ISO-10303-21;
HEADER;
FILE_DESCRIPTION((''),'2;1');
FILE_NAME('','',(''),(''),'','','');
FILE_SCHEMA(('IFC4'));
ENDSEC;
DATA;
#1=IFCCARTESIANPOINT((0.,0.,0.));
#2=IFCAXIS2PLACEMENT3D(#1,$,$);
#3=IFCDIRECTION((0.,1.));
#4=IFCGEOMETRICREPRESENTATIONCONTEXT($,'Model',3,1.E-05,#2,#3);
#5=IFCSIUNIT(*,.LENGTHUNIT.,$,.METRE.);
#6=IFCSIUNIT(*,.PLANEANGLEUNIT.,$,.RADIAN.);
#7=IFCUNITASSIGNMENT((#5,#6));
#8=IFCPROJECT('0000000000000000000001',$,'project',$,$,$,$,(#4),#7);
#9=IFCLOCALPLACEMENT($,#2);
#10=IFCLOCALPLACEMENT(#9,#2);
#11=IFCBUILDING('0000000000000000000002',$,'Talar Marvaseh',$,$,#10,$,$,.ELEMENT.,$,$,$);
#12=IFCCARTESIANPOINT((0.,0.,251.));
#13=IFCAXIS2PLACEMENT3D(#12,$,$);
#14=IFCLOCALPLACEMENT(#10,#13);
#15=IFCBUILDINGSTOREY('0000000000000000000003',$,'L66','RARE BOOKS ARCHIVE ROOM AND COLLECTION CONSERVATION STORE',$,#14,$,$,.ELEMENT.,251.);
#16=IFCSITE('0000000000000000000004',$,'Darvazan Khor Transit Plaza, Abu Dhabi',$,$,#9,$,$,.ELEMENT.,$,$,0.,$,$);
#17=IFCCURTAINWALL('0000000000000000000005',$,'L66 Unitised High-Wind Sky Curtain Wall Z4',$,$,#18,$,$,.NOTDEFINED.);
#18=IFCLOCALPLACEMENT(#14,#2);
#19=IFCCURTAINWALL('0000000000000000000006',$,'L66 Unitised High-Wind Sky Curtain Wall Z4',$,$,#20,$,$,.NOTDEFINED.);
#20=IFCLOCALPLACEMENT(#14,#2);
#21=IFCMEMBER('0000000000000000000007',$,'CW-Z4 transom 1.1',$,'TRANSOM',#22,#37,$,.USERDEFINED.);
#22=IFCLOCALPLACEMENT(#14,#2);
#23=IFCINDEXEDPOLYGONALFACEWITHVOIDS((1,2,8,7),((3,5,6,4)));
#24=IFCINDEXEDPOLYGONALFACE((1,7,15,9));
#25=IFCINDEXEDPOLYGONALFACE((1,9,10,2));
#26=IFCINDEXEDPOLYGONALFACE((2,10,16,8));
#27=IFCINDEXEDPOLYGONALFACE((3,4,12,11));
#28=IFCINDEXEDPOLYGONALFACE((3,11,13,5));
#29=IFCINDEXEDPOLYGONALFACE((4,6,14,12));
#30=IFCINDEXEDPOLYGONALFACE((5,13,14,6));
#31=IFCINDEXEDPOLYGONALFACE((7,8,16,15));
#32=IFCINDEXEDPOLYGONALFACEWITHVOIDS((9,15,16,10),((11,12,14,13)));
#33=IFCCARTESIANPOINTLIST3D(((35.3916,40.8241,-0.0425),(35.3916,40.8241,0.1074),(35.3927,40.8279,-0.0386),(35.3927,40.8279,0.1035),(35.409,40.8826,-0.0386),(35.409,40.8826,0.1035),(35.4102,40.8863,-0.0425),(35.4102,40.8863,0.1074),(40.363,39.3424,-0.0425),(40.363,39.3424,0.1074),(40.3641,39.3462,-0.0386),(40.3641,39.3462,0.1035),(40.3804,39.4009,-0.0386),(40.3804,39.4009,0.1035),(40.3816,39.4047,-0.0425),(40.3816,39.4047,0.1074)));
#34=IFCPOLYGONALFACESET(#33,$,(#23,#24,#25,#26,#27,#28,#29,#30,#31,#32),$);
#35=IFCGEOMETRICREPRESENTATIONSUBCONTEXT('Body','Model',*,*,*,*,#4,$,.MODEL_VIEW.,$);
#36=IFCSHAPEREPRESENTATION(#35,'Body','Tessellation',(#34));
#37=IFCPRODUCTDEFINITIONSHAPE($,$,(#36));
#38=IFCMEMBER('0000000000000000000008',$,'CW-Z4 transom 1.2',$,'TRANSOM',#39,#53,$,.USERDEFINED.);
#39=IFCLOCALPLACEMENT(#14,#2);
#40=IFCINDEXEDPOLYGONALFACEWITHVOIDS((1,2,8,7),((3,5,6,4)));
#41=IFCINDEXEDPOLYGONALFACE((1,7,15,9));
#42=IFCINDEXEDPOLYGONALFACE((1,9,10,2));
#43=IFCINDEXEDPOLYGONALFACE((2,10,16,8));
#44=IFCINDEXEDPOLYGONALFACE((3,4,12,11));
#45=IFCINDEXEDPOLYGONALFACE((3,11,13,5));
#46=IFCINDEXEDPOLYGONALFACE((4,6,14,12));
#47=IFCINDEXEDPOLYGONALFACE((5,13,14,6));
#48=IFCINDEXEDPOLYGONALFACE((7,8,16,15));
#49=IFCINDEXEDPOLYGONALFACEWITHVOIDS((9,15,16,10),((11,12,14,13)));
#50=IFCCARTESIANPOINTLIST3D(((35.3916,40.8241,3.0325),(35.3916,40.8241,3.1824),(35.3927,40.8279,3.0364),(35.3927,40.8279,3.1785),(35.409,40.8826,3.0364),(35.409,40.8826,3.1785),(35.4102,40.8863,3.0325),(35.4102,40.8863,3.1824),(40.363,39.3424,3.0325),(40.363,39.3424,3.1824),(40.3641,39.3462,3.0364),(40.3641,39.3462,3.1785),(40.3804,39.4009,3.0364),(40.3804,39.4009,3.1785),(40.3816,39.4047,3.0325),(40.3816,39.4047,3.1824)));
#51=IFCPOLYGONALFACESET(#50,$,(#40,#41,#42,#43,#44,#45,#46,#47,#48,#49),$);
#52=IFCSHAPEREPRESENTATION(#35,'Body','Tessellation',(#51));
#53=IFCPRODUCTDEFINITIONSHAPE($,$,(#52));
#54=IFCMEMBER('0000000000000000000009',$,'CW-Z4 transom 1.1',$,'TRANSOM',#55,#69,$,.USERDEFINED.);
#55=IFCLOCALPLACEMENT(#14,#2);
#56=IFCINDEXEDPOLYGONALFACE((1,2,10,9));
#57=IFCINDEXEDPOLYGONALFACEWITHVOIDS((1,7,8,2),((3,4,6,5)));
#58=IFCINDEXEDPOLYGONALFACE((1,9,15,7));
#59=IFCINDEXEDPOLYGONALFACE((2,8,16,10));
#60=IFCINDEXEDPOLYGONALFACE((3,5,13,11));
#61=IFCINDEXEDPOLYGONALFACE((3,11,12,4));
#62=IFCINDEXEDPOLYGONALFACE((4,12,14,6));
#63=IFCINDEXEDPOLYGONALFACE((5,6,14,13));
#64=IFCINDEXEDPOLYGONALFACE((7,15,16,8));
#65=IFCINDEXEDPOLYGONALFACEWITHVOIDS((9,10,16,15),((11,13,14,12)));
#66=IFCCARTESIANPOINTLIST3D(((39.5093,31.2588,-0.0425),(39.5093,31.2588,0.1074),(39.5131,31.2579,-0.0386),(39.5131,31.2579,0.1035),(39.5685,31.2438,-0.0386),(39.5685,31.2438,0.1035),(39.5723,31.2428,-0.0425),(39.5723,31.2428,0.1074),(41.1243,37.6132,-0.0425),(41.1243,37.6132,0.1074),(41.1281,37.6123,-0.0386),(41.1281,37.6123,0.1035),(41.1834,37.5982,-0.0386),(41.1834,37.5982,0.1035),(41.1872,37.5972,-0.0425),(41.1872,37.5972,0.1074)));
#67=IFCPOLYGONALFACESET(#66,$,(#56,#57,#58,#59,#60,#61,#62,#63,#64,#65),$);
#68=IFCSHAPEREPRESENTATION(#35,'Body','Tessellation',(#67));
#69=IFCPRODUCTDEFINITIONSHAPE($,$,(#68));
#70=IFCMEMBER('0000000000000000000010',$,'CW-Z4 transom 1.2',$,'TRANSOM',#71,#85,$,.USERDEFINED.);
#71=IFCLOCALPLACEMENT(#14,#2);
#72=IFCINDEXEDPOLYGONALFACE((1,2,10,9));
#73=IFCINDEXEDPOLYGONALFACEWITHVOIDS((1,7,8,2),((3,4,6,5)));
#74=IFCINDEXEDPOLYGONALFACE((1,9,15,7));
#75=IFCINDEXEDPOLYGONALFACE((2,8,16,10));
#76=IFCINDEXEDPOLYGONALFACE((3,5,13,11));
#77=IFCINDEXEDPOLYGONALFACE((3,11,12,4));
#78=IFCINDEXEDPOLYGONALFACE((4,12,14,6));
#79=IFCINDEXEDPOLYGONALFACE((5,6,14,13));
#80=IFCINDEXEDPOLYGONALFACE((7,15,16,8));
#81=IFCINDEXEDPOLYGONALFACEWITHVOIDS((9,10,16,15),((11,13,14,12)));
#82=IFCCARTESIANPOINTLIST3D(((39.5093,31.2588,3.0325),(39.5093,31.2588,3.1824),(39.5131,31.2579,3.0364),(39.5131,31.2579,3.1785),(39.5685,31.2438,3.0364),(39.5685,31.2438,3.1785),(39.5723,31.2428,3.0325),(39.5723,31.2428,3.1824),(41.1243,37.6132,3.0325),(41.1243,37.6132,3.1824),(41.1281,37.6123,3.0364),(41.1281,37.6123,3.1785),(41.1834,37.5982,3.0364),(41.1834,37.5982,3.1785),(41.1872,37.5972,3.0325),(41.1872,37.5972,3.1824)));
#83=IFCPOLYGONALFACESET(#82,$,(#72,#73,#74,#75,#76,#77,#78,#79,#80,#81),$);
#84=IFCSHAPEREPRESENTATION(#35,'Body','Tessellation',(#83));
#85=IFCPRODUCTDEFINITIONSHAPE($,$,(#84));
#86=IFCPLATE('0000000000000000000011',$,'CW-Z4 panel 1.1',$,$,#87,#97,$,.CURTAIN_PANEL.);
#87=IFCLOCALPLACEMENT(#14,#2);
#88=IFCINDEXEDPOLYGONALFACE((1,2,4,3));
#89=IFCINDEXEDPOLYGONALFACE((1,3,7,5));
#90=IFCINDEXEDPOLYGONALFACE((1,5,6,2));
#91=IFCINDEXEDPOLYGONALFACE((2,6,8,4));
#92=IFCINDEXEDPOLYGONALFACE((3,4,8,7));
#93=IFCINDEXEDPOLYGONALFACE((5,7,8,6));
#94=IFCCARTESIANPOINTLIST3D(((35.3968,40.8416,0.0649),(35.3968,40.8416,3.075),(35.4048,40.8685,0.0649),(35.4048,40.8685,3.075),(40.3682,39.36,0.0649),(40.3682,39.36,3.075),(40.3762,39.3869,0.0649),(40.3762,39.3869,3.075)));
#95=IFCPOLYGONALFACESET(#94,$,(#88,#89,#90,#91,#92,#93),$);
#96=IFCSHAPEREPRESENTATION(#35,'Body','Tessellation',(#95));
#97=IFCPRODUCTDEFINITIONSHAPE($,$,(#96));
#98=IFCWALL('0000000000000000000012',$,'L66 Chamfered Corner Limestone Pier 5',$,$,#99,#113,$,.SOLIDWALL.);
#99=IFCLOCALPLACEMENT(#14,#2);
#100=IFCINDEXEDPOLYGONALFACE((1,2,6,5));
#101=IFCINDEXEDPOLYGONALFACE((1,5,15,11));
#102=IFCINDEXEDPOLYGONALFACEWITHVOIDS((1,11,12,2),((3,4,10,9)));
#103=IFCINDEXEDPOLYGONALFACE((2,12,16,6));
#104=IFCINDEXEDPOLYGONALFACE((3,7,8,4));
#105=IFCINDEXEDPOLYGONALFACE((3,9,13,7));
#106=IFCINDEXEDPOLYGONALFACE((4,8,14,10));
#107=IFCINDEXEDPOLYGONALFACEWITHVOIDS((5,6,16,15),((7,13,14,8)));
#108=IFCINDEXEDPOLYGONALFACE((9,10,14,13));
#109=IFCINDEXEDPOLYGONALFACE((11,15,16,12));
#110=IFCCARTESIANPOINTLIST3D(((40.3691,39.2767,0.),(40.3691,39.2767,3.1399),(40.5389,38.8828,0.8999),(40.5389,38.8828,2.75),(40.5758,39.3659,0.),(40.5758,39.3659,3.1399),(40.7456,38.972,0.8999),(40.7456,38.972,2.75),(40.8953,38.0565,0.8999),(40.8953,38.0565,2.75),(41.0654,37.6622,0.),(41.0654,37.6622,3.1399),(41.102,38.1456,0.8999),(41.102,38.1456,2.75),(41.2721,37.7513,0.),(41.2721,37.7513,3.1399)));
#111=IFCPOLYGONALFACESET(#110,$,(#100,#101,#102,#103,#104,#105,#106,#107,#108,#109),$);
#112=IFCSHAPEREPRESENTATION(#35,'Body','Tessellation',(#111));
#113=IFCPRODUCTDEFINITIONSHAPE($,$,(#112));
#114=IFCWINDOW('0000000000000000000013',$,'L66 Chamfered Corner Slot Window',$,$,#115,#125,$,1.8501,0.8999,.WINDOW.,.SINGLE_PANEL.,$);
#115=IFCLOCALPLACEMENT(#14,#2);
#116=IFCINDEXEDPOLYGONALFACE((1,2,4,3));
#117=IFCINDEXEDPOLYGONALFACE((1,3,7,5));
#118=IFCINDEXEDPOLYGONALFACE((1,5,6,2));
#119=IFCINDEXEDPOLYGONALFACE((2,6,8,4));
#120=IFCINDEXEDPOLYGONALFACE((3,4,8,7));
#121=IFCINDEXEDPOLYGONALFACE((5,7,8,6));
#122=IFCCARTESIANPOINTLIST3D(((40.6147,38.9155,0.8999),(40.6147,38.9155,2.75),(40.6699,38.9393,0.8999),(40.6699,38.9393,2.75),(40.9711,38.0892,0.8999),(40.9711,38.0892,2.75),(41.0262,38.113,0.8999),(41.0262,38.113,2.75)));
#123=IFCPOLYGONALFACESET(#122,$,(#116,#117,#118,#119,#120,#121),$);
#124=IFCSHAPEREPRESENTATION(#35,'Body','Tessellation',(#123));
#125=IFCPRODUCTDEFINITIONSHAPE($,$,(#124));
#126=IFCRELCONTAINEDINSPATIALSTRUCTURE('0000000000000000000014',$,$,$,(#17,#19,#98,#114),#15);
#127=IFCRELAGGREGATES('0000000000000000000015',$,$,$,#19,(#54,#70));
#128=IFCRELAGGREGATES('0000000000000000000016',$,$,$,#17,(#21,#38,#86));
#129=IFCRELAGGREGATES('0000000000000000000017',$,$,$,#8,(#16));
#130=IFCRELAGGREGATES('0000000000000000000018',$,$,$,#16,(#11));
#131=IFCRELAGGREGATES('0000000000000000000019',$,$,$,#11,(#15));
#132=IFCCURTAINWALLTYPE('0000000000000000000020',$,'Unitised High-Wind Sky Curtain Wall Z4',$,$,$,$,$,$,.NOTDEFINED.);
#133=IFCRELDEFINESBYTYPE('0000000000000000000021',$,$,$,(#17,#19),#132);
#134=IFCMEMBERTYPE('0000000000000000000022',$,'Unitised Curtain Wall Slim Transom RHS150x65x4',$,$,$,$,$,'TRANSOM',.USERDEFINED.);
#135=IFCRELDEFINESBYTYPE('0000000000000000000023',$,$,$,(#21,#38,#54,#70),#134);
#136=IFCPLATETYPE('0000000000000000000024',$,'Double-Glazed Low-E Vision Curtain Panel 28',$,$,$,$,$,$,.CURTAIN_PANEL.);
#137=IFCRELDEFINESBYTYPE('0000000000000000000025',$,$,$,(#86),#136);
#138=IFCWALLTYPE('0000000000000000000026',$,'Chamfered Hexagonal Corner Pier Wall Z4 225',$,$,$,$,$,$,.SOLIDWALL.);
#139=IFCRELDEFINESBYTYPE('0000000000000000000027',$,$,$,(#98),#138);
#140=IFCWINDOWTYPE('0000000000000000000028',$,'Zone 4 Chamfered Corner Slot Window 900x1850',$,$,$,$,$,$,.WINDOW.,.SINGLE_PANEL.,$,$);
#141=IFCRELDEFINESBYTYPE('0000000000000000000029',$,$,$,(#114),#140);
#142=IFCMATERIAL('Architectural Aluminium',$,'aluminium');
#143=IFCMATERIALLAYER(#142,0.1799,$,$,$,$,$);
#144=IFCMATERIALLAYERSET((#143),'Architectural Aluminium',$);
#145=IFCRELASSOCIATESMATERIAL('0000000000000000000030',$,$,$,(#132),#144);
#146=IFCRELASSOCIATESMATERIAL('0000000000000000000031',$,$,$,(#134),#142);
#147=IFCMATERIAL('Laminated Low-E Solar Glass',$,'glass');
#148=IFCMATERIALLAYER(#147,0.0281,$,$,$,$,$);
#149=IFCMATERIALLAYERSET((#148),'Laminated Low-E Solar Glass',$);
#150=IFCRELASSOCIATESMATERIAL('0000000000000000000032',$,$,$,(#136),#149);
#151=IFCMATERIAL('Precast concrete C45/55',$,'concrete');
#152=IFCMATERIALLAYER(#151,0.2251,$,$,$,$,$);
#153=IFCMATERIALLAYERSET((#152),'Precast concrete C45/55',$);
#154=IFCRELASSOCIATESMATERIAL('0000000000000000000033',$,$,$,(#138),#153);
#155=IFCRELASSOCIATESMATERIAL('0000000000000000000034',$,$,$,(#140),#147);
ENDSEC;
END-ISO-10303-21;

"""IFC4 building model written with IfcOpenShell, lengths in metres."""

from ifc_helpers import new_model, si_unit, direction, frame, frame_2d, origin, origin_2d, place, context, subcontext, project, spatial, rectangle, hollow_rectangle, extrude, source, transform, mapped, material, layer, layer_set, material_profile, profile_set, type_object, type_shapes, element, fill, aggregate, save


model = new_model("IFC4")

# Units and contexts
model_context = context("Model", 3, precision=1e-05, world=origin(), true_north=direction((0.0, 1.0)))
body_context = subcontext(model_context, "Body", "Model", "MODEL_VIEW")
ifc_project = project(units=[si_unit("LENGTHUNIT", "METRE"), si_unit("PLANEANGLEUNIT", "RADIAN")], contexts=[model_context])

# Site, building, storey
site_placement = place(None, origin())
site = spatial("IfcSite", under=ifc_project, at=site_placement, Name="Darvazan Khor Transit Plaza, Abu Dhabi", CompositionType="ELEMENT", RefElevation=0.0)
building_placement = place(site_placement, origin())
building = spatial("IfcBuilding", under=site, at=building_placement, Name="Talar Marvaseh", CompositionType="ELEMENT")
storey_placement = place(building_placement, frame((0.0, 0.0, 251.0)))
storey = spatial("IfcBuildingStorey", under=building, at=storey_placement, Name="L66", Description="RARE BOOKS ARCHIVE ROOM AND COLLECTION CONSERVATION STORE", CompositionType="ELEMENT", Elevation=251.0)

# Shared definitions
ifc_material_1 = material(Name="Architectural Aluminium", Category="aluminium")
ifc_layer_1 = layer(ifc_material_1, 0.1799)
ifc_layer_set_1 = layer_set([ifc_layer_1], Name="Architectural Aluminium")
curtain_wall_type = type_object("IfcCurtainWallType", Name="Unitised High-Wind Sky Curtain Wall Z4", PredefinedType="NOTDEFINED", material=ifc_layer_set_1)

# Curtain wall
curtain_wall_1_placement = place(storey_placement, origin())
curtain_wall_1 = element("IfcCurtainWall", 1, at=curtain_wall_1_placement, inside=storey, type_object=curtain_wall_type, Name="L66 Unitised High-Wind Sky Curtain Wall Z4", PredefinedType="NOTDEFINED")

# Curtain wall
curtain_wall_2_placement = place(storey_placement, origin())
curtain_wall_2 = element("IfcCurtainWall", 2, at=curtain_wall_2_placement, inside=storey, type_object=curtain_wall_type, Name="L66 Unitised High-Wind Sky Curtain Wall Z4", PredefinedType="NOTDEFINED")

# Members
ifc_material_profile_1 = material_profile(ifc_material_1, hollow_rectangle(XDim=0.0649, YDim=0.1499, WallThickness=0.0039, at=origin_2d()), Name="RHS150x65x4")
ifc_profile_set_1 = profile_set([ifc_material_profile_1], Name="Architectural Aluminium")
member_type_1 = type_object("IfcMemberType", Name="Unitised Curtain Wall Slim Transom RHS150x65x4", ElementType="TRANSOM", PredefinedType="USERDEFINED", material=ifc_profile_set_1)
shared_shape_1 = source(origin(), body_context, "Body", "SweptSolid", [
    extrude(hollow_rectangle(XDim=0.0649, YDim=0.1499, WallThickness=0.0039, at=origin_2d()), origin(), (0.0, 0.0, 1.0), 5.1875),
])
member_1_placement = place(storey_placement, frame((35.4009, 40.8552, 0.0325), z_axis=(0.958342, -0.285625, 0.0), x_axis=(0.285625, 0.958342, 0.0)))
member_1 = element("IfcMember", 3, at=member_1_placement, type_object=member_type_1, Name="CW-Z4 transom 1.1", ObjectType="TRANSOM", PredefinedType="USERDEFINED", context=body_context, shape_type="MappedRepresentation", body=[
    mapped(shared_shape_1, transform((0.0, 0.0, 0.0), x_axis=(1.0, 0.0, 0.0), y_axis=(0.0, 1.0, 0.0), z_axis=(0.0, 0.0, 1.0), scale=1.0)),
])
member_2_placement = place(storey_placement, frame((35.4009, 40.8552, 3.1074), z_axis=(0.958342, -0.285625, 0.0), x_axis=(0.285625, 0.958342, 0.0)))
member_2 = element("IfcMember", 4, at=member_2_placement, type_object=member_type_1, Name="CW-Z4 transom 1.2", ObjectType="TRANSOM", PredefinedType="USERDEFINED", context=body_context, shape_type="MappedRepresentation", body=[
    mapped(shared_shape_1, transform((0.0, 0.0, 0.0), x_axis=(1.0, 0.0, 0.0), y_axis=(0.0, 1.0, 0.0), z_axis=(0.0, 0.0, 1.0), scale=1.0)),
])
shared_shape_2 = source(origin(), body_context, "Body", "SweptSolid", [
    extrude(hollow_rectangle(XDim=0.0649, YDim=0.1499, WallThickness=0.0039, at=origin_2d()), origin(), (0.0, 0.0, 1.0), 6.5564),
])
type_shapes(member_type_1, [shared_shape_1, shared_shape_2])
member_3_placement = place(storey_placement, frame((41.1558, 37.6052, 0.0325), z_axis=(-0.246319, -0.969189, 0.0), x_axis=(0.969189, -0.246319, 0.0)))
member_3 = element("IfcMember", 5, at=member_3_placement, type_object=member_type_1, Name="CW-Z4 transom 1.1", ObjectType="TRANSOM", PredefinedType="USERDEFINED", context=body_context, shape_type="MappedRepresentation", body=[
    mapped(shared_shape_2, transform((0.0, 0.0, 0.0), x_axis=(1.0, 0.0, 0.0), y_axis=(0.0, 1.0, 0.0), z_axis=(0.0, 0.0, 1.0), scale=1.0)),
])
member_4_placement = place(storey_placement, frame((41.1558, 37.6052, 3.1074), z_axis=(-0.246319, -0.969189, 0.0), x_axis=(0.969189, -0.246319, 0.0)))
member_4 = element("IfcMember", 6, at=member_4_placement, type_object=member_type_1, Name="CW-Z4 transom 1.2", ObjectType="TRANSOM", PredefinedType="USERDEFINED", context=body_context, shape_type="MappedRepresentation", body=[
    mapped(shared_shape_2, transform((0.0, 0.0, 0.0), x_axis=(1.0, 0.0, 0.0), y_axis=(0.0, 1.0, 0.0), z_axis=(0.0, 0.0, 1.0), scale=1.0)),
])
aggregate(curtain_wall_2, [member_3, member_4])

# Plate
ifc_material_2 = material(Name="Laminated Low-E Solar Glass", Category="glass")
ifc_layer_2 = layer(ifc_material_2, 0.0281)
ifc_layer_set_2 = layer_set([ifc_layer_2], Name="Laminated Low-E Solar Glass")
plate_type = type_object("IfcPlateType", Name="Double-Glazed Low-E Vision Curtain Panel 28", PredefinedType="CURTAIN_PANEL", material=ifc_layer_set_2)
shared_shape_3 = source(origin(), body_context, "Body", "SweptSolid", [
    extrude(rectangle(XDim=5.1875, YDim=0.0281, at=origin_2d()), origin(), (0.0, 0.0, 1.0), 3.01),
])
type_shapes(plate_type, [shared_shape_3])
plate_placement = place(storey_placement, frame((37.8865, 40.1143, 0.0649), z_axis=(0.0, 0.0, 1.0), x_axis=(0.958342, -0.285622, 0.0)))
plate = element("IfcPlate", 7, at=plate_placement, type_object=plate_type, Name="CW-Z4 panel 1.1", PredefinedType="CURTAIN_PANEL", context=body_context, shape_type="MappedRepresentation", body=[
    mapped(shared_shape_3, transform((0.0, 0.0, 0.0), x_axis=(1.0, 0.0, 0.0), y_axis=(0.0, 1.0, 0.0), z_axis=(0.0, 0.0, 1.0), scale=1.0)),
])
aggregate(curtain_wall_1, [member_1, member_2, plate])

# Wall, opening, window
ifc_material_3 = material(Name="Precast concrete C45/55", Category="concrete")
ifc_layer_3 = layer(ifc_material_3, 0.2251)
ifc_layer_set_3 = layer_set([ifc_layer_3], Name="Precast concrete C45/55")
wall_type_1 = type_object("IfcWallType", Name="Chamfered Hexagonal Corner Pier Wall Z4 225", PredefinedType="SOLIDWALL", material=ifc_layer_set_3)
wall_1_placement = place(storey_placement, frame((40.4724, 39.3213, 0.0), z_axis=(0.0, 0.0, 1.0), x_axis=(0.396013, -0.918245, 0.0)))
wall_1 = element("IfcWall", 8, at=wall_1_placement, inside=storey, type_object=wall_type_1, Name="L66 Chamfered Corner Limestone Pier 5", PredefinedType="SOLIDWALL", context=body_context, shape_type="SweptSolid", body=[
    extrude(rectangle(XDim=1.7583, YDim=0.2251, at=frame_2d((0.8792, 0.0))), origin(), (0.0, 0.0, 1.0), 3.1399),
])
opening_1_placement = place(wall_1_placement, frame((0.429, 0.0, 0.8999)))
opening_1 = element("IfcOpeningElement", 9, at=opening_1_placement, cuts=wall_1, PredefinedType="OPENING", context=body_context, shape_type="SweptSolid", body=[
    extrude(rectangle(XDim=0.8999, YDim=1.8501, at=frame_2d((0.45, 0.925))), frame((0.0, 0.1226, 0.0), z_axis=(0.0, -1.0, 0.0), x_axis=(1.0, 0.0, 0.0)), (0.0, 0.0, 1.0), 0.2451),
])
window_type = type_object("IfcWindowType", Name="Zone 4 Chamfered Corner Slot Window 900x1850", PartitioningType="SINGLE_PANEL", PredefinedType="WINDOW", material=ifc_material_2)
shared_shape_4 = source(origin(), body_context, "Body", "SweptSolid", [
    extrude(rectangle(XDim=0.8999, YDim=1.8501, at=frame_2d((0.45, 0.925))), frame((0.0, 0.03, 0.0), z_axis=(0.0, -1.0, 0.0), x_axis=(1.0, 0.0, 0.0)), (0.0, 0.0, 1.0), 0.0601),
])
type_shapes(window_type, [shared_shape_4])
window_placement = place(opening_1_placement, origin())
window = element("IfcWindow", 10, at=window_placement, inside=storey, type_object=window_type, Name="L66 Chamfered Corner Slot Window", OverallHeight=1.8501, OverallWidth=0.8999, PartitioningType="SINGLE_PANEL", PredefinedType="WINDOW", context=body_context, shape_type="MappedRepresentation", body=[
    mapped(shared_shape_4, transform((0.0, 0.0, 0.0), x_axis=(1.0, 0.0, 0.0), y_axis=(0.0, 1.0, 0.0), z_axis=(0.0, 0.0, 1.0), scale=1.0)),
])
fill(opening_1, window)

save(model, "model.ifc")
